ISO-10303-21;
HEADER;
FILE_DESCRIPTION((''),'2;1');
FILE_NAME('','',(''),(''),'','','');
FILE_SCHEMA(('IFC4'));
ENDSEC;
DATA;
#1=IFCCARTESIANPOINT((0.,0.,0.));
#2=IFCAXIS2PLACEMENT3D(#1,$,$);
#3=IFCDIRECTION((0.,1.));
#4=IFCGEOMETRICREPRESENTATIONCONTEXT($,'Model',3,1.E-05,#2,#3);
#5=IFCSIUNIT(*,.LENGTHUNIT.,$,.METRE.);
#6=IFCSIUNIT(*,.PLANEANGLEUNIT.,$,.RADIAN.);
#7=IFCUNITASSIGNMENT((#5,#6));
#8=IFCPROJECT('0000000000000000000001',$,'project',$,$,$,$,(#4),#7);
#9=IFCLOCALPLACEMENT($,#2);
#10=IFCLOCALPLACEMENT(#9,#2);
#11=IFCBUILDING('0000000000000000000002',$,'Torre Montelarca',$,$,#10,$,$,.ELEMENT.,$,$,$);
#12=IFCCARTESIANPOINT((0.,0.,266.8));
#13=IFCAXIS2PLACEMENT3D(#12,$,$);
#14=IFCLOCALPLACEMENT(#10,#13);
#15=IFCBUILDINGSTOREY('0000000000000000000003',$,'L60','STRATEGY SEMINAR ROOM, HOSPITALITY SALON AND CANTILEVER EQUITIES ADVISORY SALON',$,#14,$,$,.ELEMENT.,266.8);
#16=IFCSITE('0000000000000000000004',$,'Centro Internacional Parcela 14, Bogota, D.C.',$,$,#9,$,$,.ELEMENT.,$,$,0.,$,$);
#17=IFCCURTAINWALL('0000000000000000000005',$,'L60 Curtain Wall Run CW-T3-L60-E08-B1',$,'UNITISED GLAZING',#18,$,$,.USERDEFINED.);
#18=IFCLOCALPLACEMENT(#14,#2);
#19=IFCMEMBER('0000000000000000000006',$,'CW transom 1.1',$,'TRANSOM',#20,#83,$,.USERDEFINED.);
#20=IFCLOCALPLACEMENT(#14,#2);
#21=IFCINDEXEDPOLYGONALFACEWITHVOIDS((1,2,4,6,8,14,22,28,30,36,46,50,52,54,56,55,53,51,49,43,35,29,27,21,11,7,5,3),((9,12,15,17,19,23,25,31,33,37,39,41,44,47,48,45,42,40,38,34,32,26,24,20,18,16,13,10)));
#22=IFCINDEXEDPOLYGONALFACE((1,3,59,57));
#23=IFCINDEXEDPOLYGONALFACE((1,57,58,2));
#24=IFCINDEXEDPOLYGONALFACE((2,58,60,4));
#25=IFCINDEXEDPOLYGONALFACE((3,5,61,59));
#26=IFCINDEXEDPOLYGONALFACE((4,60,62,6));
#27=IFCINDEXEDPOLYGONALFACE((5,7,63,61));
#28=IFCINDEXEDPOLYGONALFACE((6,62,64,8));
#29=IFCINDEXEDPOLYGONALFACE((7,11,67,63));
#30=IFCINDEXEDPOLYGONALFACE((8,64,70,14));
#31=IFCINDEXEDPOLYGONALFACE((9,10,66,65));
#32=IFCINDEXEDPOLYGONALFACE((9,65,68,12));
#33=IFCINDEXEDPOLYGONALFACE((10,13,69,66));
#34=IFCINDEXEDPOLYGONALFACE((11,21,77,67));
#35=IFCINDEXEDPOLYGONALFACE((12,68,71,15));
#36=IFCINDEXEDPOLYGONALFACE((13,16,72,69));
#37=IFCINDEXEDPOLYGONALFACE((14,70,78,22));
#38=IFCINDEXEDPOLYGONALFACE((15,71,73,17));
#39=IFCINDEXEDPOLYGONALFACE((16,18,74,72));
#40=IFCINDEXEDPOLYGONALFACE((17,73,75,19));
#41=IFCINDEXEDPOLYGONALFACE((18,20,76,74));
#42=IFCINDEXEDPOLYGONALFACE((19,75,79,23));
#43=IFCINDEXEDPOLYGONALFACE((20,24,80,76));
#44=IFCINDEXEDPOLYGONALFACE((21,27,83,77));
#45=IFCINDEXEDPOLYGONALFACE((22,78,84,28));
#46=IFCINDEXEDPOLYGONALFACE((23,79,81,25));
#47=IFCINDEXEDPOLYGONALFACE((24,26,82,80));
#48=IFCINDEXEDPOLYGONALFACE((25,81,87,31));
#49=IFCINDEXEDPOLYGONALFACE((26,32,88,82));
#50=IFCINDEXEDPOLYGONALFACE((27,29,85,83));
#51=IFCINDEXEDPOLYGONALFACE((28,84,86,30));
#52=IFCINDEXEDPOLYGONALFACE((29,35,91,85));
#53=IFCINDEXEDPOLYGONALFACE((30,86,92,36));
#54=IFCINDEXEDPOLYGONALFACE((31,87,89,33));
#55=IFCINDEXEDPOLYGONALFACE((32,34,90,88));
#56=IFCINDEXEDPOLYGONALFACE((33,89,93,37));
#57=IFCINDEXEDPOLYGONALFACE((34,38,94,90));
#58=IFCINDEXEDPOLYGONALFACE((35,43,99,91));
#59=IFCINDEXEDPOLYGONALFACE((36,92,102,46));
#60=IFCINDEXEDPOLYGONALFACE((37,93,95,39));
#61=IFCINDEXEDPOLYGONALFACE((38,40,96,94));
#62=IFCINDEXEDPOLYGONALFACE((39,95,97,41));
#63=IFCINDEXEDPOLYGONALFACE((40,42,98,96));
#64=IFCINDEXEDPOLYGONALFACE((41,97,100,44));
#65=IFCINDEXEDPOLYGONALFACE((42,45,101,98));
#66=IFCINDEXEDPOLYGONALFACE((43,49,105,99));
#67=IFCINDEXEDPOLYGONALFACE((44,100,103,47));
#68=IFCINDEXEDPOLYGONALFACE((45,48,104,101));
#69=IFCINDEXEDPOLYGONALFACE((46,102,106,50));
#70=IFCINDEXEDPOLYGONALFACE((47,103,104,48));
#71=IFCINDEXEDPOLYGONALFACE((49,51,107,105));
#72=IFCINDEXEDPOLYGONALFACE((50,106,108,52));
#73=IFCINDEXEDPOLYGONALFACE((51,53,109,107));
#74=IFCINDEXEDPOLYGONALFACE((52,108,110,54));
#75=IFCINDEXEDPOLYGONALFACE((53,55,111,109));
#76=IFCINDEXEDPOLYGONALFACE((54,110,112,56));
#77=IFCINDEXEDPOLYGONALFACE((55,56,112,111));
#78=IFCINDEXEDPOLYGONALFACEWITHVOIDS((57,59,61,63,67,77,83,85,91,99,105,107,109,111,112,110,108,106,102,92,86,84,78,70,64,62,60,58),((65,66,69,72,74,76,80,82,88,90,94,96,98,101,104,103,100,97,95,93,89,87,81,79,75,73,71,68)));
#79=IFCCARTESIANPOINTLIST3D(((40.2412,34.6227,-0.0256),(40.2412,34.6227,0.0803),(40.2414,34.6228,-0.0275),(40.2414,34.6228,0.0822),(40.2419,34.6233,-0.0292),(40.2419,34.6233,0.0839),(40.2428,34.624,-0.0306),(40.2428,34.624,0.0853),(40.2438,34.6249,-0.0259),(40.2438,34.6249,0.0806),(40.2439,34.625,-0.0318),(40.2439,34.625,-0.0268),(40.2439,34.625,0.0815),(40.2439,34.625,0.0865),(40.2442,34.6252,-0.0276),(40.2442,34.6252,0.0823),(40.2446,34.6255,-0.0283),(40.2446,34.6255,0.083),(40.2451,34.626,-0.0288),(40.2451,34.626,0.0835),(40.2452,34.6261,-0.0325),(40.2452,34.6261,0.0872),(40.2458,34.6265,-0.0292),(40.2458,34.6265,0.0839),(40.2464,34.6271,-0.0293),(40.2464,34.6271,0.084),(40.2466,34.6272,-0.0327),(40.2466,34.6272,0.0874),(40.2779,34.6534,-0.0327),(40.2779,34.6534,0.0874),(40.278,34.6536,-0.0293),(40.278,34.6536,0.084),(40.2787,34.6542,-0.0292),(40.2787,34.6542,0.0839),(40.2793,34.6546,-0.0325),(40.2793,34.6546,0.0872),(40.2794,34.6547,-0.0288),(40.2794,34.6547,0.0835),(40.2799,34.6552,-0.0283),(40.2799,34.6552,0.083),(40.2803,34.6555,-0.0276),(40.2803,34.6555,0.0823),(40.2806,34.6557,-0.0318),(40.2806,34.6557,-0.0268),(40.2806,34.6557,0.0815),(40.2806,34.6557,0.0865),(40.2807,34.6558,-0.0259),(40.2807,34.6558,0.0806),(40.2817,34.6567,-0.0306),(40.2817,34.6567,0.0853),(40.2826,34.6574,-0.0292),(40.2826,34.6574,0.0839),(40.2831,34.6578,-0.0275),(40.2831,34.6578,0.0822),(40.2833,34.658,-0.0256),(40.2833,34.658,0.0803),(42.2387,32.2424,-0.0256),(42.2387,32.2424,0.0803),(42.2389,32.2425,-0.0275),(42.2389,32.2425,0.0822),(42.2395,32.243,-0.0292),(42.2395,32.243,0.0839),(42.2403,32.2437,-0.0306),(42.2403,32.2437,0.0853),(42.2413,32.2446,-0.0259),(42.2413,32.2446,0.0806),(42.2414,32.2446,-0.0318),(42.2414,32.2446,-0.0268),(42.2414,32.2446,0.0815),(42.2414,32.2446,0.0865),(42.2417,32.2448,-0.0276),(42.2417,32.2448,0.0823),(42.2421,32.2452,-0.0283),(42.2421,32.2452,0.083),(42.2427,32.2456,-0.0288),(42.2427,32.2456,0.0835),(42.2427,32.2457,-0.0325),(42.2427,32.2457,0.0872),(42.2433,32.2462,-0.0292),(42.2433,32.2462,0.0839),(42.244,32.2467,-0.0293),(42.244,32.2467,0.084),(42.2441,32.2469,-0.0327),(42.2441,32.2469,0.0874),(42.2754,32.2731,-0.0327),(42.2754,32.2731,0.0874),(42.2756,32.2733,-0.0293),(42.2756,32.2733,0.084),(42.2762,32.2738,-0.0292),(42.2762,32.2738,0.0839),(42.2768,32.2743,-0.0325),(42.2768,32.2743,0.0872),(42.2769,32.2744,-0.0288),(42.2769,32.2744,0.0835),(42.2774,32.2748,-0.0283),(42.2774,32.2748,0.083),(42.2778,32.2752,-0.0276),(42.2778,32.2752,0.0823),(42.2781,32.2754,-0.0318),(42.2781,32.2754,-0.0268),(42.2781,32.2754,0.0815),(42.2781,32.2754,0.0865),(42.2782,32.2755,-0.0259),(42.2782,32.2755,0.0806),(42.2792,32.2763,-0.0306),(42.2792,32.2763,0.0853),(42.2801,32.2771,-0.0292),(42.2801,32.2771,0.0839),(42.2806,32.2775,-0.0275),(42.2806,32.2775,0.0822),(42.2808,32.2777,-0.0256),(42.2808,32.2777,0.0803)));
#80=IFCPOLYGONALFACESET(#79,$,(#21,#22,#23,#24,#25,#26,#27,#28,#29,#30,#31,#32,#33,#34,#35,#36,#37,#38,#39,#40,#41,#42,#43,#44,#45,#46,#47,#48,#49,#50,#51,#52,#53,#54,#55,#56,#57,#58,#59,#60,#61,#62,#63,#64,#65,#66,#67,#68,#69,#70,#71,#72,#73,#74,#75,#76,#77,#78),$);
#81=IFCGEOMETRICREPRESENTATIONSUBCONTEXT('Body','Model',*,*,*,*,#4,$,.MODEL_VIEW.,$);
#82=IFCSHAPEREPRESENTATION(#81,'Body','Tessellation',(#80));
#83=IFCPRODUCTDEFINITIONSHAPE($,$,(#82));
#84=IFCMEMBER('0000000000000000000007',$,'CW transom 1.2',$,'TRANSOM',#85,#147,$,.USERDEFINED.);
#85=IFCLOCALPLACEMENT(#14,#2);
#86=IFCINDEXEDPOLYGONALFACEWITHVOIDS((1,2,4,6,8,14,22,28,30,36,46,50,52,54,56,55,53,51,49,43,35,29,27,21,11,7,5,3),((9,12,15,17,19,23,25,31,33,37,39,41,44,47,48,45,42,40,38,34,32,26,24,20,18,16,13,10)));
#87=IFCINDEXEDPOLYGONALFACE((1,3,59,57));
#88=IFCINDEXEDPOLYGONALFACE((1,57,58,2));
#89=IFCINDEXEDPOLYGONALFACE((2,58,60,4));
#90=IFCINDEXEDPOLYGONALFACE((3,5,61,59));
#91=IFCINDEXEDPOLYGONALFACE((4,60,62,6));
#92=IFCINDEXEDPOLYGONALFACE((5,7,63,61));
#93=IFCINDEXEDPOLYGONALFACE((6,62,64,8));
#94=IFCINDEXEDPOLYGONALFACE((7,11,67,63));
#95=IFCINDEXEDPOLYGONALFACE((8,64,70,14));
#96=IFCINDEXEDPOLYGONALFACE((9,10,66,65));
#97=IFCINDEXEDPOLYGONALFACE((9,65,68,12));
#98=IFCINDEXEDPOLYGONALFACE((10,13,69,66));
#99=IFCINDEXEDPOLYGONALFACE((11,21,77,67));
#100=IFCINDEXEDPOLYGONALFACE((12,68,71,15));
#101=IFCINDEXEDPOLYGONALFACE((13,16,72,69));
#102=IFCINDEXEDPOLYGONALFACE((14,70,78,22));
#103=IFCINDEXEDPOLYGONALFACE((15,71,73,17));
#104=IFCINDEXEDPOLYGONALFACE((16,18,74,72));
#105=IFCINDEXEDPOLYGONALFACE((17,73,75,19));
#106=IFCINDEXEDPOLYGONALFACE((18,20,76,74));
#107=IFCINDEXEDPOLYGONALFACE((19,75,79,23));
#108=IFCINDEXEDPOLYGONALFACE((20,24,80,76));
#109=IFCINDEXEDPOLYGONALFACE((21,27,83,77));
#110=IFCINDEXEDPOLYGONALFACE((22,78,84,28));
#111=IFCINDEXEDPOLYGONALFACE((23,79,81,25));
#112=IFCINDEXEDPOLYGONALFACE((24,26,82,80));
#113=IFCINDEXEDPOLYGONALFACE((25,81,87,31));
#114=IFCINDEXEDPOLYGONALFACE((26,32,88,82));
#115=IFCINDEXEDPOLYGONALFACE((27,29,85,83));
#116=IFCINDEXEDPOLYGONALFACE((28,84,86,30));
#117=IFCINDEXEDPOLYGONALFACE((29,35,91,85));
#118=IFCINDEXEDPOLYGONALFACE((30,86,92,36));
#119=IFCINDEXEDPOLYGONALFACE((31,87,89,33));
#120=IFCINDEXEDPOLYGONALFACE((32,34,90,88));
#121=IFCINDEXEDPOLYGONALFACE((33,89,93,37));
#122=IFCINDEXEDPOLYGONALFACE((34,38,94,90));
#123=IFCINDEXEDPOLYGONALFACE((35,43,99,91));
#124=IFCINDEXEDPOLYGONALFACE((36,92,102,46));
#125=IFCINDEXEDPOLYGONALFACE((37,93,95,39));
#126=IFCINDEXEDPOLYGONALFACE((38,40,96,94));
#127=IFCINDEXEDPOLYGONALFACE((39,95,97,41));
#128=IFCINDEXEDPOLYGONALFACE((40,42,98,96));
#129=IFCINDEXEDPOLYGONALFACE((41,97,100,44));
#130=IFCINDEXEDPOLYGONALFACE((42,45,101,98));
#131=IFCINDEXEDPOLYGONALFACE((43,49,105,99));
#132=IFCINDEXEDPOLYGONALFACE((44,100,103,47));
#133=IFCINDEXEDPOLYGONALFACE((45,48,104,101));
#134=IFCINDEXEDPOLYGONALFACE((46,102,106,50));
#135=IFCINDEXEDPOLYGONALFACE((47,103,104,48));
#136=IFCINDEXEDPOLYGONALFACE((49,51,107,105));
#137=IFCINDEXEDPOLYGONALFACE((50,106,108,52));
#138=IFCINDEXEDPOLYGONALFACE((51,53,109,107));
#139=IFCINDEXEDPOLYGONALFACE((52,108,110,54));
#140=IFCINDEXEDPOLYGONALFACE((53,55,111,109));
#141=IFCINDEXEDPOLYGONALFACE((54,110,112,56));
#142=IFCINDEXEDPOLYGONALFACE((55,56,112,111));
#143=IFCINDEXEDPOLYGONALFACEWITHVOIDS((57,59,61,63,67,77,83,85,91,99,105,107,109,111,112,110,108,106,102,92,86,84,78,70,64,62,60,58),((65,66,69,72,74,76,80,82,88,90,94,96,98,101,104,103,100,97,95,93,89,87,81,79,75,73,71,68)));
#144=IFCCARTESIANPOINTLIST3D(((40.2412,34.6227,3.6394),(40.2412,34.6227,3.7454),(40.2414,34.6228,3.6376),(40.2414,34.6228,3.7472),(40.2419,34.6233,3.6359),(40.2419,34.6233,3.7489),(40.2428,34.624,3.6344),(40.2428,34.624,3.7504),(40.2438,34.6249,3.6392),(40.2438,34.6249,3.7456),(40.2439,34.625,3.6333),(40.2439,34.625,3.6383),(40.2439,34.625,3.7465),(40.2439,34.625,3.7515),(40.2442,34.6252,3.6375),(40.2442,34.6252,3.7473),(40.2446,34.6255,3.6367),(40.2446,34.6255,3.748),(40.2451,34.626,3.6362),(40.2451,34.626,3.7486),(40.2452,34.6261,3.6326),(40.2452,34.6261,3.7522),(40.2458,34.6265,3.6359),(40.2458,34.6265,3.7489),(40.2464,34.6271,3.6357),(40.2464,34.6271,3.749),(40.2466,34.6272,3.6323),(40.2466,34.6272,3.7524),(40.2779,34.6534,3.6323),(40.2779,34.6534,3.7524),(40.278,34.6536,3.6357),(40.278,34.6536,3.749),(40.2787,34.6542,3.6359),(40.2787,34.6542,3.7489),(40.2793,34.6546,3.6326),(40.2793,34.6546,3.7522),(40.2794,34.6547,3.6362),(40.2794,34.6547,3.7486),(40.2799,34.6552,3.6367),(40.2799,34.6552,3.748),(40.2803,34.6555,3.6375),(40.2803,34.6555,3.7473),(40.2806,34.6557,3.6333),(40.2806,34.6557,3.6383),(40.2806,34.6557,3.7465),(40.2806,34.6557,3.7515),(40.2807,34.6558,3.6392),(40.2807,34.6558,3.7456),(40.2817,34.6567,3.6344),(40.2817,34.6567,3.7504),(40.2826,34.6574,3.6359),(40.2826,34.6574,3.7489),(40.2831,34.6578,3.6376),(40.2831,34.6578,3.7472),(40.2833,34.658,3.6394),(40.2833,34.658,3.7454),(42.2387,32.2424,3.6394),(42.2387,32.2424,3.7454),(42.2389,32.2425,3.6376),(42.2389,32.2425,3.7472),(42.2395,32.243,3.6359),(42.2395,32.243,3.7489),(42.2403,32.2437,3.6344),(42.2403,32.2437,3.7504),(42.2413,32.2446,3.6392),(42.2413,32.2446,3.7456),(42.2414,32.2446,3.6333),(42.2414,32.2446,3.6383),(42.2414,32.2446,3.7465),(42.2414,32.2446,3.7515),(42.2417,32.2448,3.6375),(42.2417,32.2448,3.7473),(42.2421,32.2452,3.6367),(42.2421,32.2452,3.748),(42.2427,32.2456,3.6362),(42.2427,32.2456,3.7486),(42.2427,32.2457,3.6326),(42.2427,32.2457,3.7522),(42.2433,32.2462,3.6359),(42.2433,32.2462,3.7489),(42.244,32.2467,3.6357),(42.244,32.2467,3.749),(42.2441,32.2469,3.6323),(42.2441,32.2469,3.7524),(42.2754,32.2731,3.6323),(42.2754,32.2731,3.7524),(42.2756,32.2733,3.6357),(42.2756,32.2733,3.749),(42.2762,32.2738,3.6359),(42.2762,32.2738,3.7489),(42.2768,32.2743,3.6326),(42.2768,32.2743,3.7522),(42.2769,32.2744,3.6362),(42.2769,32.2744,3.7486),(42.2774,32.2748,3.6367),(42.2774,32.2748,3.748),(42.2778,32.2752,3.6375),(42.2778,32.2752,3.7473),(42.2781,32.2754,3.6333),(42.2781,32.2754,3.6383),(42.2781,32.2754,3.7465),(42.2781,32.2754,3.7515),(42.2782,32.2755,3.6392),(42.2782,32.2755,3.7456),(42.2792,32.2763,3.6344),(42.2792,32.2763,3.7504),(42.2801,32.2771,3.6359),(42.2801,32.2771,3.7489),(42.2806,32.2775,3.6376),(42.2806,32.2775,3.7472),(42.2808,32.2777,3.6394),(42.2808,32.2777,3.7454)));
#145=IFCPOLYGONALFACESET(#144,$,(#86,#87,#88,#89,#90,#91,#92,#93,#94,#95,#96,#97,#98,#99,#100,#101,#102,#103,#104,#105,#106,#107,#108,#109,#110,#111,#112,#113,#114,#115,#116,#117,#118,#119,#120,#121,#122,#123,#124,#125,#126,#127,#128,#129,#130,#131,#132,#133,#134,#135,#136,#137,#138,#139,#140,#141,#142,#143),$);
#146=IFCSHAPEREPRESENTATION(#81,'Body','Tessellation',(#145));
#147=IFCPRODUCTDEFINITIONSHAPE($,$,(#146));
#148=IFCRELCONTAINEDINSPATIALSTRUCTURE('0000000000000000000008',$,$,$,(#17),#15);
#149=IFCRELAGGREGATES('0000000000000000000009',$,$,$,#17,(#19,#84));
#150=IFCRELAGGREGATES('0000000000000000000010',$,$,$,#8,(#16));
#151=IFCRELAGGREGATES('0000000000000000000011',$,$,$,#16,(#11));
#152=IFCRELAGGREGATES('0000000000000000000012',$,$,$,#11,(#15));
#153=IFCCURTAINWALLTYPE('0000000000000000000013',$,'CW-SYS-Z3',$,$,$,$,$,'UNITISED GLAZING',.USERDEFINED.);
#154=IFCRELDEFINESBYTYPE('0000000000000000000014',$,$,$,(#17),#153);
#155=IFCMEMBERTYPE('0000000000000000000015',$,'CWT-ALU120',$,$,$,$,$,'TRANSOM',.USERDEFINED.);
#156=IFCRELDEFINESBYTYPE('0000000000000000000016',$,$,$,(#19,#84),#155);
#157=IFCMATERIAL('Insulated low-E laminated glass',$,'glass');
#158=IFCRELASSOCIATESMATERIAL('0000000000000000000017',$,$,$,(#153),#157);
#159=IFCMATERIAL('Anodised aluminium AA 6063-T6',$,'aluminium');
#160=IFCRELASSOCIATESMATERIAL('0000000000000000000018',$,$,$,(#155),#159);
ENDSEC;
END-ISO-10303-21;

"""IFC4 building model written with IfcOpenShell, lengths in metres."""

from ifc_helpers import new_model, si_unit, direction, frame, origin, origin_2d, place, context, subcontext, project, spatial, hollow_rectangle, extrude, source, transform, mapped, material, material_profile, profile_set, type_object, element, aggregate, save


model = new_model("IFC4")

# Units and contexts
model_context = context("Model", 3, precision=1e-05, world=origin(), true_north=direction((0.0, 1.0)))
body_context = subcontext(model_context, "Body", "Model", "MODEL_VIEW")
ifc_project = project(units=[si_unit("LENGTHUNIT", "METRE"), si_unit("PLANEANGLEUNIT", "RADIAN")], contexts=[model_context])

# Site, building, storey
site_placement = place(None, origin())
site = spatial("IfcSite", under=ifc_project, at=site_placement, Name="Centro Internacional Parcela 14, Bogota, D.C.", CompositionType="ELEMENT", RefElevation=0.0)
building_placement = place(site_placement, origin())
building = spatial("IfcBuilding", under=site, at=building_placement, Name="Torre Montelarca", CompositionType="ELEMENT")
storey_placement = place(building_placement, frame((0.0, 0.0, 266.8)))
storey = spatial("IfcBuildingStorey", under=building, at=storey_placement, Name="L60", Description="STRATEGY SEMINAR ROOM, HOSPITALITY SALON AND CANTILEVER EQUITIES ADVISORY SALON", CompositionType="ELEMENT", Elevation=266.8)

# Curtain wall
ifc_material_1 = material(Name="Insulated low-E laminated glass", Category="glass")
curtain_wall_type = type_object("IfcCurtainWallType", Name="CW-SYS-Z3", ElementType="UNITISED GLAZING", PredefinedType="USERDEFINED", material=ifc_material_1)
curtain_wall_1_placement = place(storey_placement, origin())
curtain_wall_1 = element("IfcCurtainWall", 1, at=curtain_wall_1_placement, inside=storey, type_object=curtain_wall_type, Name="L60 Curtain Wall Run CW-T3-L60-E08-B1", ObjectType="UNITISED GLAZING", PredefinedType="USERDEFINED")
ifc_material_2 = material(Name="Anodised aluminium AA 6063-T6", Category="aluminium")

# Members
ifc_material_profile_1 = material_profile(ifc_material_2, hollow_rectangle(XDim=0.0549, YDim=0.1201, WallThickness=0.0034, InnerFilletRadius=0.0034, OuterFilletRadius=0.0071, at=origin_2d()), Name="ALU55X120X3.5", Category="aluminium")
ifc_profile_set_1 = profile_set([ifc_material_profile_1], Name="Anodised aluminium AA 6063-T6")
member_type_1 = type_object("IfcMemberType", Name="CWT-ALU120", ElementType="TRANSOM", PredefinedType="USERDEFINED", material=ifc_profile_set_1)
shared_shape_1 = source(origin(), body_context, "Body", "SweptSolid", [
    extrude(hollow_rectangle(XDim=0.0549, YDim=0.1201, WallThickness=0.0034, InnerFilletRadius=0.0034, OuterFilletRadius=0.0071, at=origin_2d()), origin(), (0.0, 0.0, 1.0), 3.1074),
])
member_1_placement = place(storey_placement, frame((42.2598, 32.26, 0.0273), z_axis=(-0.642824, 0.766014, 0.0), x_axis=(-0.766014, -0.642824, 0.0)))
member_1 = element("IfcMember", 2, at=member_1_placement, type_object=member_type_1, Name="CW transom 1.1", ObjectType="TRANSOM", PredefinedType="USERDEFINED", context=body_context, shape_type="MappedRepresentation", body=[
    mapped(shared_shape_1, transform((0.0, 0.0, 0.0), scale=1.0)),
])
member_2_placement = place(storey_placement, frame((42.2598, 32.26, 3.6924), z_axis=(-0.642824, 0.766014, 0.0), x_axis=(-0.766014, -0.642824, 0.0)))
member_2 = element("IfcMember", 3, at=member_2_placement, type_object=member_type_1, Name="CW transom 1.2", ObjectType="TRANSOM", PredefinedType="USERDEFINED", context=body_context, shape_type="MappedRepresentation", body=[
    mapped(shared_shape_1, transform((0.0, 0.0, 0.0), scale=1.0)),
])

aggregate(curtain_wall_1, [member_1, member_2])

save(model, "model.ifc")
